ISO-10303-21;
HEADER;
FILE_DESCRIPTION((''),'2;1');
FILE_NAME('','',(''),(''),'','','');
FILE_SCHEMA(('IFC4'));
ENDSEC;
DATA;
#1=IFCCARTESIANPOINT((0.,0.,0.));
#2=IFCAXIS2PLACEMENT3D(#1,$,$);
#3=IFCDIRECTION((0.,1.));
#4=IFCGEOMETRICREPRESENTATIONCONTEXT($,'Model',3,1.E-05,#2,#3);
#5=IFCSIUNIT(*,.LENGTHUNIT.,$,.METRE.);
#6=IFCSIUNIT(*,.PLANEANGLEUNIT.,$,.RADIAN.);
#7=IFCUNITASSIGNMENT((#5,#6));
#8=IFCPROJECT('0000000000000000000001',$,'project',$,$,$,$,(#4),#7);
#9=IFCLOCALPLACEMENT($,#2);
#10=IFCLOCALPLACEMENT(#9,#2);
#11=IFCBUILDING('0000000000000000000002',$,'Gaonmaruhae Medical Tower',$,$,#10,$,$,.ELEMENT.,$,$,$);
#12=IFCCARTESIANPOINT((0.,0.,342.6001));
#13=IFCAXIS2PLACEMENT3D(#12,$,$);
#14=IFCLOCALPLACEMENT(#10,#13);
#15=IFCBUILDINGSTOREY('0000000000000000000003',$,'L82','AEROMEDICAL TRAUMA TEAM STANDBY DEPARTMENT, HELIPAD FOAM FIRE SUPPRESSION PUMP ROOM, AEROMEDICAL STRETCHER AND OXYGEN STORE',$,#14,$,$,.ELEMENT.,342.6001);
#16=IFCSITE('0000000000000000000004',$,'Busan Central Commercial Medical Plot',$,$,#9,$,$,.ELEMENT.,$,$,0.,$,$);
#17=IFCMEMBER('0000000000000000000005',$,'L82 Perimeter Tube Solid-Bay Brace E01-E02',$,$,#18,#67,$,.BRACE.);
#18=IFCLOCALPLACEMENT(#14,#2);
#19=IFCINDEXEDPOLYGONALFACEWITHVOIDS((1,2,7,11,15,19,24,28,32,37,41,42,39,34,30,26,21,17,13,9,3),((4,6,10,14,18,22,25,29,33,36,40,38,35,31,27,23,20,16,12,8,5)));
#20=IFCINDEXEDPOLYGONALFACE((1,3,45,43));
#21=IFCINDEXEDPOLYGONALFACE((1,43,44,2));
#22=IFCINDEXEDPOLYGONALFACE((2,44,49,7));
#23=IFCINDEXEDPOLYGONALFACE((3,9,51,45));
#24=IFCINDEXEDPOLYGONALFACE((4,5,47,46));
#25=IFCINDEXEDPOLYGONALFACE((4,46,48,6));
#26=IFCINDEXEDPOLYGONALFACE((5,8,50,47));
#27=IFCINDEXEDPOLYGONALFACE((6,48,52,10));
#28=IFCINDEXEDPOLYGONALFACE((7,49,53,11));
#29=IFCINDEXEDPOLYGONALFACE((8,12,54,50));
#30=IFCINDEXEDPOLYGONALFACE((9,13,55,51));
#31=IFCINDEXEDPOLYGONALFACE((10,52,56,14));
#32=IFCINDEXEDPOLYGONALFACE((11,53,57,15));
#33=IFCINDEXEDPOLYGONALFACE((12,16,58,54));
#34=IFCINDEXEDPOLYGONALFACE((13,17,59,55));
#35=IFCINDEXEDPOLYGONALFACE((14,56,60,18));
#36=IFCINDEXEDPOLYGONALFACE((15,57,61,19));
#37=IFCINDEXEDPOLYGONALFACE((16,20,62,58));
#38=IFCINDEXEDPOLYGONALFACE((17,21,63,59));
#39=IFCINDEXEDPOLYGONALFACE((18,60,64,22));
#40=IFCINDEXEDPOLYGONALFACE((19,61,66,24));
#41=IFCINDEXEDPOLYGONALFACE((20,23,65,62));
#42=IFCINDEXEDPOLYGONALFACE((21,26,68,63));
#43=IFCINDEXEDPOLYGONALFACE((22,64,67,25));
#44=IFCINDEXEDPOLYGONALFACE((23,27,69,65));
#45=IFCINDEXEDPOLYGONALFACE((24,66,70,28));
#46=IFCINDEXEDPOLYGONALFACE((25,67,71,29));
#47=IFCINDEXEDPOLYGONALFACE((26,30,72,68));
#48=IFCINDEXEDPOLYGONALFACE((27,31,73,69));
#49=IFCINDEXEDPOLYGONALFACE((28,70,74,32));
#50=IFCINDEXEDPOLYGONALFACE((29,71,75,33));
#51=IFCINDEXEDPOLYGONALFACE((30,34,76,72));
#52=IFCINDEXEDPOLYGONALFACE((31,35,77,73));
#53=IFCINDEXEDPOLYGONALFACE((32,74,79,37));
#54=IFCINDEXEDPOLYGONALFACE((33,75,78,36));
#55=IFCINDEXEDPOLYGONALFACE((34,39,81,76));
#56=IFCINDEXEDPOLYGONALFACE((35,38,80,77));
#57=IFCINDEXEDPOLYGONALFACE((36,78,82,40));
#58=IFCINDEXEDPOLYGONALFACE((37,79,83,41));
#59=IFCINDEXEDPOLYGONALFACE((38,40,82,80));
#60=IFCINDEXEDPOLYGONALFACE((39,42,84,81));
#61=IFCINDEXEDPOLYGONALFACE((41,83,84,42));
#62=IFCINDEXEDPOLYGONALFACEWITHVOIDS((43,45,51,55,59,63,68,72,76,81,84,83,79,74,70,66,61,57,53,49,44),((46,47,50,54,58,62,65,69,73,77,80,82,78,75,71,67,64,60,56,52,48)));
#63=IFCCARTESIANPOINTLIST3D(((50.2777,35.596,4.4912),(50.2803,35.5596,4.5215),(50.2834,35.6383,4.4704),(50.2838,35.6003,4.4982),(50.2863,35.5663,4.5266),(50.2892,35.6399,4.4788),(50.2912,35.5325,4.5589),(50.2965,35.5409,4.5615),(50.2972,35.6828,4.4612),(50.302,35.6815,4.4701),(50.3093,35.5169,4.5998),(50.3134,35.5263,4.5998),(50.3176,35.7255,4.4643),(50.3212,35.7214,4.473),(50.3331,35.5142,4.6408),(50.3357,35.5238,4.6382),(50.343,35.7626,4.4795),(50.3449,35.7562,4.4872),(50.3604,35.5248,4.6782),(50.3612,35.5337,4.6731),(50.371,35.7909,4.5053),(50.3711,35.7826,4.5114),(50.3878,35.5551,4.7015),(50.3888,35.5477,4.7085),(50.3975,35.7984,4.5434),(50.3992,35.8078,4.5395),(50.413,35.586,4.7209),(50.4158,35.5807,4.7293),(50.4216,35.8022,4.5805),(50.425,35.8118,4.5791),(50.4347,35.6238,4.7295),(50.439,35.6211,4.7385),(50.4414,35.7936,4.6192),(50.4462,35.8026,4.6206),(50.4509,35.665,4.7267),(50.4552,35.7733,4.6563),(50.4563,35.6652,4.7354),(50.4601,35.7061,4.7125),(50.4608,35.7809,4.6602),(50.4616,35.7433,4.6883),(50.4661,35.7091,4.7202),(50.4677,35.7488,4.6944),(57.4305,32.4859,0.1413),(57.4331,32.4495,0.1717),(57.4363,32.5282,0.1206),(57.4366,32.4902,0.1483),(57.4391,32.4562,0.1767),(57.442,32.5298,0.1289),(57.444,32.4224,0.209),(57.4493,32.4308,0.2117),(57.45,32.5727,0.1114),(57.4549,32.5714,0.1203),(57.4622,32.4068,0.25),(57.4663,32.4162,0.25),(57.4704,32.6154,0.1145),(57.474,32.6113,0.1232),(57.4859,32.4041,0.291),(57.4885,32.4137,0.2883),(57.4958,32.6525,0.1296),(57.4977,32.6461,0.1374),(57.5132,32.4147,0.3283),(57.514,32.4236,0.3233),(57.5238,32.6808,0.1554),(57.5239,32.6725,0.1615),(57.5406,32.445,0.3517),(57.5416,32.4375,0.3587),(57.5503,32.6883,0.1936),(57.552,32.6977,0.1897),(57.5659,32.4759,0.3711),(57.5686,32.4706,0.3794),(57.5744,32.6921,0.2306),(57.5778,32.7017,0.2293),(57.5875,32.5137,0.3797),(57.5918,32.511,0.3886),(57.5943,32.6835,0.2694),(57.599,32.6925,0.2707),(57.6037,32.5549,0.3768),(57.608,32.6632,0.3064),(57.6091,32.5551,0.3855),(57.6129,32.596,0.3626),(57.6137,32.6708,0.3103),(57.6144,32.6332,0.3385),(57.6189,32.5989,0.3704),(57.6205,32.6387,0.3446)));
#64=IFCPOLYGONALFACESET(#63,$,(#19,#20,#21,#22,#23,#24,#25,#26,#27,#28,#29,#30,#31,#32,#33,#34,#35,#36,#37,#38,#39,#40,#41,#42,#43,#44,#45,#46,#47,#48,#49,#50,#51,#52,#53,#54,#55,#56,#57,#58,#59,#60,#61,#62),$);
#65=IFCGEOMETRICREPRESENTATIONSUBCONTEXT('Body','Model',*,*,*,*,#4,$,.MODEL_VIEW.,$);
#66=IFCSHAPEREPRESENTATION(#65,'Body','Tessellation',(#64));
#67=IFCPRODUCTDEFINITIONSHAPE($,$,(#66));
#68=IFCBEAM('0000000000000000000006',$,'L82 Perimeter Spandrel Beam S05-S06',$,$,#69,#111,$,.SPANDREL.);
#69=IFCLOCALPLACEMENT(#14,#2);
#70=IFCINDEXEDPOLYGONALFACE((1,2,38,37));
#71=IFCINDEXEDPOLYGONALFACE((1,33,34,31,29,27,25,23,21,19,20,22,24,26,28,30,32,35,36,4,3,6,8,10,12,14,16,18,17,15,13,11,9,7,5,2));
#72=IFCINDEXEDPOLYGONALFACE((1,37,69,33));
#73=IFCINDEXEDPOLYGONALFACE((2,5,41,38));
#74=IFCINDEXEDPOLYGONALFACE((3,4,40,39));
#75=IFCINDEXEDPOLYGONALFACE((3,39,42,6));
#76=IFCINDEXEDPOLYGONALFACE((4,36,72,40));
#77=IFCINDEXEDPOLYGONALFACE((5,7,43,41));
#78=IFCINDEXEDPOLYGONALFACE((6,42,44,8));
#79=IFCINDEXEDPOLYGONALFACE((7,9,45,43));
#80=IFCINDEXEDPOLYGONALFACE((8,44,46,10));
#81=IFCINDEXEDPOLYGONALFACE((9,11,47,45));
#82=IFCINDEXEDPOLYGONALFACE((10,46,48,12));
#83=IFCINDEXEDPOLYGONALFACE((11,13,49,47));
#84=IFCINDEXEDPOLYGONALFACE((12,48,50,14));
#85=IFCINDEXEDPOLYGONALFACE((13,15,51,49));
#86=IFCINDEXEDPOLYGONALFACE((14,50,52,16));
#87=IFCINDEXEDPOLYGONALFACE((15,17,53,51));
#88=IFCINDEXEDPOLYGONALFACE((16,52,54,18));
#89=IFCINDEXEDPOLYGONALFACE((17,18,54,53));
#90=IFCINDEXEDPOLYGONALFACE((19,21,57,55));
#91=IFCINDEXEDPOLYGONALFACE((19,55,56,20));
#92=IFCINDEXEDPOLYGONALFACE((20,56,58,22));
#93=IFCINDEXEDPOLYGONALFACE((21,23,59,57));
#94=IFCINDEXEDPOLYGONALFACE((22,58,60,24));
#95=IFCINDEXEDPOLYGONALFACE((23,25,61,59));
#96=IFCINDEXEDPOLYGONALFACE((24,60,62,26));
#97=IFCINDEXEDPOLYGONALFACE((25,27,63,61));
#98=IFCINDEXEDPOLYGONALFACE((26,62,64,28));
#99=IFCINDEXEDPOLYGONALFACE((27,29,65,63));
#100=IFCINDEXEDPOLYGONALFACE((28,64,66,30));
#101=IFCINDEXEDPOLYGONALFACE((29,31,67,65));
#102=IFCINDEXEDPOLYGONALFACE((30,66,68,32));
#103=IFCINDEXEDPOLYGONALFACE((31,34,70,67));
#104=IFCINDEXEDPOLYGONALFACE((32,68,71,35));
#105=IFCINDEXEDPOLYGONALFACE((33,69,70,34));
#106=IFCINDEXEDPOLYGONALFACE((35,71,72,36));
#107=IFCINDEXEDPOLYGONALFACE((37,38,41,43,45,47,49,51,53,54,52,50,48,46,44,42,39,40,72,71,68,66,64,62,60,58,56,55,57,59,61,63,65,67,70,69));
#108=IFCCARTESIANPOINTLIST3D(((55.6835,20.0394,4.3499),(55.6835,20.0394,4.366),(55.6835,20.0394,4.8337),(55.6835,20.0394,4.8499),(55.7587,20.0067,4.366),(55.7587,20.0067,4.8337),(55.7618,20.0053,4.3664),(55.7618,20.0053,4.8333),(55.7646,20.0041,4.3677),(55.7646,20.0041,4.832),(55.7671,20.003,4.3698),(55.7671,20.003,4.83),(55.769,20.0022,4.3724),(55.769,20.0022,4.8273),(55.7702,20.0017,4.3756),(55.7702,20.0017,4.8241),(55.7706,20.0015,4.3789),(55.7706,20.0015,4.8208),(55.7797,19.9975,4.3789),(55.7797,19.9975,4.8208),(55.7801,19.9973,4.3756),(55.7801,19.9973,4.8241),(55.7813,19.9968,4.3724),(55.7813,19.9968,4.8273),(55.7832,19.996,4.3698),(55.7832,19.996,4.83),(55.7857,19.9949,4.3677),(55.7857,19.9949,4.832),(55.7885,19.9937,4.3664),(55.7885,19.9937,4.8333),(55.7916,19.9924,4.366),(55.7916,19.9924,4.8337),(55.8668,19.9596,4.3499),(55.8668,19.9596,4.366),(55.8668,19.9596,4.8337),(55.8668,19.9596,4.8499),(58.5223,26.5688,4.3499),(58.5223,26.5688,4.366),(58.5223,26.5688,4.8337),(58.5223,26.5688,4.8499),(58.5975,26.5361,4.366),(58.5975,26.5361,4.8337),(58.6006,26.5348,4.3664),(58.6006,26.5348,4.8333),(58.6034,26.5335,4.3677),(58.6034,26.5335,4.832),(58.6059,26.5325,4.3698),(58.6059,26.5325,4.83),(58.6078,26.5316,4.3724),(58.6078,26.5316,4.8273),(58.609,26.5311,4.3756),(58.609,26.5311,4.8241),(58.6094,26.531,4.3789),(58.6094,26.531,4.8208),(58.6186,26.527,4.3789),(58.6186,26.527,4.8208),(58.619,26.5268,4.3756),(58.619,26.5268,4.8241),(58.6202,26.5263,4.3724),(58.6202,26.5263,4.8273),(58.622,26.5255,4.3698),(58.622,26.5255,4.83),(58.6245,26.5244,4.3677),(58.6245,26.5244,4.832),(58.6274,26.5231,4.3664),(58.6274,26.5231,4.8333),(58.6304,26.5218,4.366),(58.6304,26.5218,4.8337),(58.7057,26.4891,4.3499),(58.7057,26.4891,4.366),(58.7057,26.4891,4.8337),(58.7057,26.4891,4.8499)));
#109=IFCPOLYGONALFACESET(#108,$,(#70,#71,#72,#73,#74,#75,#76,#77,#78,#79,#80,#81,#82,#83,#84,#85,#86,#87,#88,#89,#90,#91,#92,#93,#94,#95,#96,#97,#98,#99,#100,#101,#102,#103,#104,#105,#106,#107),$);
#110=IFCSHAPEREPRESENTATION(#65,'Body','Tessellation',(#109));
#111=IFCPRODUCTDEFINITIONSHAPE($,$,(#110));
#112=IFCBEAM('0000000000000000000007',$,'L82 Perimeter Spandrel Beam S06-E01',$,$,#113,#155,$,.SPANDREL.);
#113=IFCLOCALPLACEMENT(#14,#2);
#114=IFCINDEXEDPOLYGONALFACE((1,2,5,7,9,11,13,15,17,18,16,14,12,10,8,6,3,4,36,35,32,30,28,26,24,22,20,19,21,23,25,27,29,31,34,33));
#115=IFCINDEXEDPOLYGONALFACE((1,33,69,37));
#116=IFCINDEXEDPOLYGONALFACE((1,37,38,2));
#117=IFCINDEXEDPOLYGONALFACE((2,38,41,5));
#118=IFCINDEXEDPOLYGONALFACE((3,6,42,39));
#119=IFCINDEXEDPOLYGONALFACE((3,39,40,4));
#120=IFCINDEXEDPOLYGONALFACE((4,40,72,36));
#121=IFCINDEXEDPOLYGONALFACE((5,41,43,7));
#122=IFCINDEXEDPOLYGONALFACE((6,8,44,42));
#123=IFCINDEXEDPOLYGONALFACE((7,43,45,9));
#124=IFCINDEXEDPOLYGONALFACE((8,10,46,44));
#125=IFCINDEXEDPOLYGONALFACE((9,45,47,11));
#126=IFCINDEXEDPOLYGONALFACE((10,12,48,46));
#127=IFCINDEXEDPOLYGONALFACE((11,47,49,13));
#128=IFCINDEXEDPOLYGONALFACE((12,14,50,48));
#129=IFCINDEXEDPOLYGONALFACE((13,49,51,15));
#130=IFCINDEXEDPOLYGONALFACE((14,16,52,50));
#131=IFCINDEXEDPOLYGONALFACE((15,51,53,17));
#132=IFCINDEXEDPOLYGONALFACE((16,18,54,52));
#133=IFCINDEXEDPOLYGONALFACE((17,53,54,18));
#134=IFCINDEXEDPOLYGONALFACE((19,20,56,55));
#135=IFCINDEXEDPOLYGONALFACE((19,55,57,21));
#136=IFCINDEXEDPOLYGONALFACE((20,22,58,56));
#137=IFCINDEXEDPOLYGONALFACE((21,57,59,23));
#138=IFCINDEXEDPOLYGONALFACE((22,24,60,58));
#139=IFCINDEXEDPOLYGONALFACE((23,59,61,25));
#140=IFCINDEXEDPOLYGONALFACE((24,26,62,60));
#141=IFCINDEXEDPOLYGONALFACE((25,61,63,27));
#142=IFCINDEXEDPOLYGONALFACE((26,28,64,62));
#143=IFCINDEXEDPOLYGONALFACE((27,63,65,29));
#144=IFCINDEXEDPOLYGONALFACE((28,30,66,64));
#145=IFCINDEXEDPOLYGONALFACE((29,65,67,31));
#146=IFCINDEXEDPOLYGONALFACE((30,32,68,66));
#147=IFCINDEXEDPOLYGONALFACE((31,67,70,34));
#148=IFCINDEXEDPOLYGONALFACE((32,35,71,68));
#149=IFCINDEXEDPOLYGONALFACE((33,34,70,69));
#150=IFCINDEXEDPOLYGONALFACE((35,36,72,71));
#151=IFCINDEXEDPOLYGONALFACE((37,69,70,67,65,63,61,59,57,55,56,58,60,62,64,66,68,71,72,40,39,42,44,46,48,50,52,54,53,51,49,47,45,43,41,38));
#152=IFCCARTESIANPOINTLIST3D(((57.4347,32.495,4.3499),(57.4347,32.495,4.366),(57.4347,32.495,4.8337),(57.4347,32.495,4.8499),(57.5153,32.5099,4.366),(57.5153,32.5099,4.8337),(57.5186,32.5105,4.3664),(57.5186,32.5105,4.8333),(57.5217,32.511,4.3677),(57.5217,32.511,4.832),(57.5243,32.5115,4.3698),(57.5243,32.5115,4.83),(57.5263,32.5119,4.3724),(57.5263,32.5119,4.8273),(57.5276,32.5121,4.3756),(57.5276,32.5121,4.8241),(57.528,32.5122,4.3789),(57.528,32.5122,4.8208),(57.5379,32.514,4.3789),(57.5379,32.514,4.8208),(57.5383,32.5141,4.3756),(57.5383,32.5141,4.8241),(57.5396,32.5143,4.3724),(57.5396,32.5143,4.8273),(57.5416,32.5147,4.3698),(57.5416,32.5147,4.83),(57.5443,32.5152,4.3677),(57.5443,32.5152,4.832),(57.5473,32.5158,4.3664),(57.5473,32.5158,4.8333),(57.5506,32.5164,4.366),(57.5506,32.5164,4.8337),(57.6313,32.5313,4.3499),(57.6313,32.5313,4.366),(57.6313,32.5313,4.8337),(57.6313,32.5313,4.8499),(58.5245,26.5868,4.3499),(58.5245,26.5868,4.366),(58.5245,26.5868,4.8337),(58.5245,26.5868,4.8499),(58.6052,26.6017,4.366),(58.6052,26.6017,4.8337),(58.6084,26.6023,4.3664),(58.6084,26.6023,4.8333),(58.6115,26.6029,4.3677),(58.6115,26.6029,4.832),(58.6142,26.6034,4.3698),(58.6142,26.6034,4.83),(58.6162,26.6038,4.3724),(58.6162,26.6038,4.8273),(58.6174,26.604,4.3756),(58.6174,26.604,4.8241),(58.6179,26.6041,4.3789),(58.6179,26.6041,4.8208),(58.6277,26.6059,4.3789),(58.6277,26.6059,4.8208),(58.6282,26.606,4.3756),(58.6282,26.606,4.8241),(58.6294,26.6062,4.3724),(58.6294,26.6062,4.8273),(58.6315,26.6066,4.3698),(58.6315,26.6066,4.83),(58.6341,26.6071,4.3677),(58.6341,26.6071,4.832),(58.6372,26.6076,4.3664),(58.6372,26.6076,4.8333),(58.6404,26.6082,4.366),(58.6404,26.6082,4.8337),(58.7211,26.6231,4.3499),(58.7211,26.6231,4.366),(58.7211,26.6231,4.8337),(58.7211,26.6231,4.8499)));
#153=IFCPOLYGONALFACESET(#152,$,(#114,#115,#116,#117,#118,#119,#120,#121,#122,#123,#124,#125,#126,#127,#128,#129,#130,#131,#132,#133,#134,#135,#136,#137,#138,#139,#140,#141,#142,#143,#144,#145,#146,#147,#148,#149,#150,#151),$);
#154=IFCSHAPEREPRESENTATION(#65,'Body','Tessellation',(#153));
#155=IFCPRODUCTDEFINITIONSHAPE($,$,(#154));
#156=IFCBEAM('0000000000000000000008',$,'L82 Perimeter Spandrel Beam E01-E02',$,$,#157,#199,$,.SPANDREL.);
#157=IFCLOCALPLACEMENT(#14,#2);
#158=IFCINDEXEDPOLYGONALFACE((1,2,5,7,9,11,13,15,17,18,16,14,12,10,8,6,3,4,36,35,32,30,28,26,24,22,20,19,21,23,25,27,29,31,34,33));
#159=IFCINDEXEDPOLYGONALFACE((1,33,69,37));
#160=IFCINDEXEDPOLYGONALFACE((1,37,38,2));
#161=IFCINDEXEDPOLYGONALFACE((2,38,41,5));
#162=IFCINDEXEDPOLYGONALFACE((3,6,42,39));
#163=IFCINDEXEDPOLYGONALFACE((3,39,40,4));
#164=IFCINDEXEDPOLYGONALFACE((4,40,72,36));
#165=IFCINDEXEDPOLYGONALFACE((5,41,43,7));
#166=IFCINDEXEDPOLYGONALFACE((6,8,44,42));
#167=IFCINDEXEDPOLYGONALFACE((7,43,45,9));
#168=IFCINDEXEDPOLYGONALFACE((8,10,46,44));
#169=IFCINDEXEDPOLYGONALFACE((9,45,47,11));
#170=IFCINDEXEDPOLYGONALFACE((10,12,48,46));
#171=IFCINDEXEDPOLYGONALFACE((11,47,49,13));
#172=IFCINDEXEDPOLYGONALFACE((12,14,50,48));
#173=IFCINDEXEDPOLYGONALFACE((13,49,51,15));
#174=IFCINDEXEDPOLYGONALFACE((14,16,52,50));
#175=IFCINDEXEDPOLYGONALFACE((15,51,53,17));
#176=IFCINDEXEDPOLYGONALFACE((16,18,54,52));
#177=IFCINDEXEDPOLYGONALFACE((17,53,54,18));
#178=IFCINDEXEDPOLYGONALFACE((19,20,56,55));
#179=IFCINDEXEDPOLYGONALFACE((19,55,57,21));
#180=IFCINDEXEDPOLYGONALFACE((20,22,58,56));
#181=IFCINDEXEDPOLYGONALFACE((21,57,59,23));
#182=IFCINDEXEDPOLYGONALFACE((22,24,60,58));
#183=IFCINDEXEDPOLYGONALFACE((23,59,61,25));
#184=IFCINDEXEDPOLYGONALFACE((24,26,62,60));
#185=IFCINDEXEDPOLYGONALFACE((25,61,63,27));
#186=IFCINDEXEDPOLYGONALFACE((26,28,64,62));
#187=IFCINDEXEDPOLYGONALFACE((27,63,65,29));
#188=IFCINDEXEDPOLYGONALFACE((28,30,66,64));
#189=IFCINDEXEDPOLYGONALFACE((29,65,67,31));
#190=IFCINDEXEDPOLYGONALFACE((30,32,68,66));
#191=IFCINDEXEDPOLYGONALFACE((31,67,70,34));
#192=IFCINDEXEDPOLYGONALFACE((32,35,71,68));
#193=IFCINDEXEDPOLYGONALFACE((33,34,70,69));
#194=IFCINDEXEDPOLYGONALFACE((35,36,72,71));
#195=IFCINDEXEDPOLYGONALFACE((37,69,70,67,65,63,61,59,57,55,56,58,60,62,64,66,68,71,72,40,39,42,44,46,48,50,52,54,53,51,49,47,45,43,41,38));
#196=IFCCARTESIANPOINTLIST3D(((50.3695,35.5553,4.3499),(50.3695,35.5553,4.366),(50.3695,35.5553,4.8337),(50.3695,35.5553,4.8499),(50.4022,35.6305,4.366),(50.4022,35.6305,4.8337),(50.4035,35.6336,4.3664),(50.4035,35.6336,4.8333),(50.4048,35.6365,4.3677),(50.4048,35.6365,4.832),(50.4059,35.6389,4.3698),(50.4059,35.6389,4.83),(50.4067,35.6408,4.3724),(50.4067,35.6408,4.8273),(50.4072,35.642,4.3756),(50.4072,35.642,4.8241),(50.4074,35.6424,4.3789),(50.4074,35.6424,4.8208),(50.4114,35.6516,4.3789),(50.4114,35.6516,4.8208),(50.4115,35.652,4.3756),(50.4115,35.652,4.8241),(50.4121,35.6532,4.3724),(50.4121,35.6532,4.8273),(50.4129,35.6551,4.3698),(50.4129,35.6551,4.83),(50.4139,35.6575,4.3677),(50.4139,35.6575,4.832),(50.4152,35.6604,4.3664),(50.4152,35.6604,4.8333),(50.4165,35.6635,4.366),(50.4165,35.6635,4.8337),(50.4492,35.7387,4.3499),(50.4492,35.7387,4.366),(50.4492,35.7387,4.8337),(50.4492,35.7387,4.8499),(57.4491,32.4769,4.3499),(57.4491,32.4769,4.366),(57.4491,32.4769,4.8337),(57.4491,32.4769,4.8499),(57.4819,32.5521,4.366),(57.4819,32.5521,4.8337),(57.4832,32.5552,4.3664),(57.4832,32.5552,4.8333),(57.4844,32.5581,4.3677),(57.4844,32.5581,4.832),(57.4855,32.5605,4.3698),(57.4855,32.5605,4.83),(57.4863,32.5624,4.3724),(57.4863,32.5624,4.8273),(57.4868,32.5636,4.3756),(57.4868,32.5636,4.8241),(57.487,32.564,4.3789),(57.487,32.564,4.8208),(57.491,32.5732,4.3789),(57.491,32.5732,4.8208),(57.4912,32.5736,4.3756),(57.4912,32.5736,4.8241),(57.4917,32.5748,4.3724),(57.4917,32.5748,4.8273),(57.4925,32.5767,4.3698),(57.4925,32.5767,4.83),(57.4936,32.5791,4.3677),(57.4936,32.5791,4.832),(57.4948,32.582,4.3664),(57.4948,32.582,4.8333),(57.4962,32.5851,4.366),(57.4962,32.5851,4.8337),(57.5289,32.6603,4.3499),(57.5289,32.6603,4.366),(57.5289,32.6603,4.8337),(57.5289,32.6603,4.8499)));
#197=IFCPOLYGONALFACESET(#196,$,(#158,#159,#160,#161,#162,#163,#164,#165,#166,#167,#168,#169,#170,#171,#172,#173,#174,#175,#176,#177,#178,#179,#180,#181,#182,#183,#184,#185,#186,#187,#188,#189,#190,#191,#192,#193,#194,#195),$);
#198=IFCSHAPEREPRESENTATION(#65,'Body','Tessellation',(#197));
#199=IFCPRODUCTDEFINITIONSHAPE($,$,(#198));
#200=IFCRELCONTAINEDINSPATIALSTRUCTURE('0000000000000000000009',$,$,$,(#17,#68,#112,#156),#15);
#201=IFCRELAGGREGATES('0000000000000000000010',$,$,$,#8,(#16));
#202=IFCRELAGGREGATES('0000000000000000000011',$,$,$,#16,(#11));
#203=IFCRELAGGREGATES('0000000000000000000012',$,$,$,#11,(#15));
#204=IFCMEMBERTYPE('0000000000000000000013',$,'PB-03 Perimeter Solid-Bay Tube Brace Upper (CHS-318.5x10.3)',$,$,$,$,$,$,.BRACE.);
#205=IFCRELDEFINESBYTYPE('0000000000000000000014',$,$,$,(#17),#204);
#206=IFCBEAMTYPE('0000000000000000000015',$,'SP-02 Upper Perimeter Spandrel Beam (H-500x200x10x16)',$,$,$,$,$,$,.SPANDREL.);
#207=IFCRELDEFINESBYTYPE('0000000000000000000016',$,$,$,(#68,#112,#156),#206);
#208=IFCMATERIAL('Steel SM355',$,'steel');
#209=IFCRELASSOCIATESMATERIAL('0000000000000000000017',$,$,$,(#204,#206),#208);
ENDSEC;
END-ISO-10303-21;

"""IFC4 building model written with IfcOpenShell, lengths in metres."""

from ifc_helpers import new_model, si_unit, direction, frame, origin, origin_2d, place, context, subcontext, project, spatial, hollow_circle, i_section, extrude, material, material_profile, profile_set, type_object, element, save


model = new_model("IFC4")

# Units and contexts
model_context = context("Model", 3, precision=1e-05, world=origin(), true_north=direction((0.0, 1.0)))
body_context = subcontext(model_context, "Body", "Model", "MODEL_VIEW")
ifc_project = project(units=[si_unit("LENGTHUNIT", "METRE"), si_unit("PLANEANGLEUNIT", "RADIAN")], contexts=[model_context])

# Site, building, storey
site_placement = place(None, origin())
site = spatial("IfcSite", under=ifc_project, at=site_placement, Name="Busan Central Commercial Medical Plot", CompositionType="ELEMENT", RefElevation=0.0)
building_placement = place(site_placement, origin())
building = spatial("IfcBuilding", under=site, at=building_placement, Name="Gaonmaruhae Medical Tower", CompositionType="ELEMENT")
storey_placement = place(building_placement, frame((0.0, 0.0, 342.6001)))
storey = spatial("IfcBuildingStorey", under=building, at=storey_placement, Name="L82", Description="AEROMEDICAL TRAUMA TEAM STANDBY DEPARTMENT, HELIPAD FOAM FIRE SUPPRESSION PUMP ROOM, AEROMEDICAL STRETCHER AND OXYGEN STORE", CompositionType="ELEMENT", Elevation=342.6001)

# Member
ifc_material_1 = material(Name="Steel SM355", Category="steel")
ifc_material_profile_1 = material_profile(ifc_material_1, hollow_circle(Radius=0.1592, WallThickness=0.0103, at=origin_2d()), Name="CHS-318.5x10.3")
ifc_profile_set_1 = profile_set([ifc_material_profile_1], Name="Steel SM355")
member_type = type_object("IfcMemberType", Name="PB-03 Perimeter Solid-Bay Tube Brace Upper (CHS-318.5x10.3)", PredefinedType="BRACE", material=ifc_profile_set_1)
member_placement = place(storey_placement, frame((57.5256, 32.5527, 0.25), z_axis=(-0.800928, 0.34825, 0.487069), x_axis=(-0.398746, -0.917062, 0.0)))
element("IfcMember", 1, at=member_placement, inside=storey, type_object=member_type, Name="L82 Perimeter Tube Solid-Bay Brace E01-E02", PredefinedType="BRACE", context=body_context, shape_type="SweptSolid", body=[
    extrude(hollow_circle(Radius=0.1592, WallThickness=0.0103, at=origin_2d()), origin(), (0.0, 0.0, 1.0), 8.9307),
])

# Beams
ifc_material_profile_2 = material_profile(ifc_material_1, i_section(OverallWidth=0.2, OverallDepth=0.5, WebThickness=0.01, FlangeThickness=0.0161, FilletRadius=0.0129, at=origin_2d()), Name="H-500x200x10x16")
ifc_profile_set_2 = profile_set([ifc_material_profile_2], Name="Steel SM355")
beam_type = type_object("IfcBeamType", Name="SP-02 Upper Perimeter Spandrel Beam (H-500x200x10x16)", PredefinedType="SPANDREL", material=ifc_profile_set_2)
beam_1_placement = place(storey_placement, frame((55.7751, 19.9995, 4.5999), z_axis=(0.398719, 0.917073, 0.0), x_axis=(-0.917073, 0.398719, 0.0)))
element("IfcBeam", 2, at=beam_1_placement, inside=storey, type_object=beam_type, Name="L82 Perimeter Spandrel Beam S05-S06", PredefinedType="SPANDREL", context=body_context, shape_type="SweptSolid", body=[
    extrude(i_section(OverallWidth=0.2, OverallDepth=0.5, WebThickness=0.01, FlangeThickness=0.0161, FilletRadius=0.0129, at=origin_2d()), origin(), (0.0, 0.0, 1.0), 7.1199),
])
beam_2_placement = place(storey_placement, frame((58.6228, 26.605, 4.5999), z_axis=(-0.181402, 0.983409, 0.0), x_axis=(-0.983409, -0.181402, 0.0)))
element("IfcBeam", 3, at=beam_2_placement, inside=storey, type_object=beam_type, Name="L82 Perimeter Spandrel Beam S06-E01", PredefinedType="SPANDREL", context=body_context, shape_type="SweptSolid", body=[
    extrude(i_section(OverallWidth=0.2, OverallDepth=0.5, WebThickness=0.01, FlangeThickness=0.0161, FilletRadius=0.0129, at=origin_2d()), origin(), (0.0, 0.0, 1.0), 6.0078),
])
beam_3_placement = place(storey_placement, frame((57.489, 32.5686, 4.5999), z_axis=(-0.917056, 0.398757, 0.0), x_axis=(-0.398757, -0.917056, 0.0)))
element("IfcBeam", 4, at=beam_3_placement, inside=storey, type_object=beam_type, Name="L82 Perimeter Spandrel Beam E01-E02", PredefinedType="SPANDREL", context=body_context, shape_type="SweptSolid", body=[
    extrude(i_section(OverallWidth=0.2, OverallDepth=0.5, WebThickness=0.01, FlangeThickness=0.0161, FilletRadius=0.0129, at=origin_2d()), origin(), (0.0, 0.0, 1.0), 7.72),
])

save(model, "model.ifc")
